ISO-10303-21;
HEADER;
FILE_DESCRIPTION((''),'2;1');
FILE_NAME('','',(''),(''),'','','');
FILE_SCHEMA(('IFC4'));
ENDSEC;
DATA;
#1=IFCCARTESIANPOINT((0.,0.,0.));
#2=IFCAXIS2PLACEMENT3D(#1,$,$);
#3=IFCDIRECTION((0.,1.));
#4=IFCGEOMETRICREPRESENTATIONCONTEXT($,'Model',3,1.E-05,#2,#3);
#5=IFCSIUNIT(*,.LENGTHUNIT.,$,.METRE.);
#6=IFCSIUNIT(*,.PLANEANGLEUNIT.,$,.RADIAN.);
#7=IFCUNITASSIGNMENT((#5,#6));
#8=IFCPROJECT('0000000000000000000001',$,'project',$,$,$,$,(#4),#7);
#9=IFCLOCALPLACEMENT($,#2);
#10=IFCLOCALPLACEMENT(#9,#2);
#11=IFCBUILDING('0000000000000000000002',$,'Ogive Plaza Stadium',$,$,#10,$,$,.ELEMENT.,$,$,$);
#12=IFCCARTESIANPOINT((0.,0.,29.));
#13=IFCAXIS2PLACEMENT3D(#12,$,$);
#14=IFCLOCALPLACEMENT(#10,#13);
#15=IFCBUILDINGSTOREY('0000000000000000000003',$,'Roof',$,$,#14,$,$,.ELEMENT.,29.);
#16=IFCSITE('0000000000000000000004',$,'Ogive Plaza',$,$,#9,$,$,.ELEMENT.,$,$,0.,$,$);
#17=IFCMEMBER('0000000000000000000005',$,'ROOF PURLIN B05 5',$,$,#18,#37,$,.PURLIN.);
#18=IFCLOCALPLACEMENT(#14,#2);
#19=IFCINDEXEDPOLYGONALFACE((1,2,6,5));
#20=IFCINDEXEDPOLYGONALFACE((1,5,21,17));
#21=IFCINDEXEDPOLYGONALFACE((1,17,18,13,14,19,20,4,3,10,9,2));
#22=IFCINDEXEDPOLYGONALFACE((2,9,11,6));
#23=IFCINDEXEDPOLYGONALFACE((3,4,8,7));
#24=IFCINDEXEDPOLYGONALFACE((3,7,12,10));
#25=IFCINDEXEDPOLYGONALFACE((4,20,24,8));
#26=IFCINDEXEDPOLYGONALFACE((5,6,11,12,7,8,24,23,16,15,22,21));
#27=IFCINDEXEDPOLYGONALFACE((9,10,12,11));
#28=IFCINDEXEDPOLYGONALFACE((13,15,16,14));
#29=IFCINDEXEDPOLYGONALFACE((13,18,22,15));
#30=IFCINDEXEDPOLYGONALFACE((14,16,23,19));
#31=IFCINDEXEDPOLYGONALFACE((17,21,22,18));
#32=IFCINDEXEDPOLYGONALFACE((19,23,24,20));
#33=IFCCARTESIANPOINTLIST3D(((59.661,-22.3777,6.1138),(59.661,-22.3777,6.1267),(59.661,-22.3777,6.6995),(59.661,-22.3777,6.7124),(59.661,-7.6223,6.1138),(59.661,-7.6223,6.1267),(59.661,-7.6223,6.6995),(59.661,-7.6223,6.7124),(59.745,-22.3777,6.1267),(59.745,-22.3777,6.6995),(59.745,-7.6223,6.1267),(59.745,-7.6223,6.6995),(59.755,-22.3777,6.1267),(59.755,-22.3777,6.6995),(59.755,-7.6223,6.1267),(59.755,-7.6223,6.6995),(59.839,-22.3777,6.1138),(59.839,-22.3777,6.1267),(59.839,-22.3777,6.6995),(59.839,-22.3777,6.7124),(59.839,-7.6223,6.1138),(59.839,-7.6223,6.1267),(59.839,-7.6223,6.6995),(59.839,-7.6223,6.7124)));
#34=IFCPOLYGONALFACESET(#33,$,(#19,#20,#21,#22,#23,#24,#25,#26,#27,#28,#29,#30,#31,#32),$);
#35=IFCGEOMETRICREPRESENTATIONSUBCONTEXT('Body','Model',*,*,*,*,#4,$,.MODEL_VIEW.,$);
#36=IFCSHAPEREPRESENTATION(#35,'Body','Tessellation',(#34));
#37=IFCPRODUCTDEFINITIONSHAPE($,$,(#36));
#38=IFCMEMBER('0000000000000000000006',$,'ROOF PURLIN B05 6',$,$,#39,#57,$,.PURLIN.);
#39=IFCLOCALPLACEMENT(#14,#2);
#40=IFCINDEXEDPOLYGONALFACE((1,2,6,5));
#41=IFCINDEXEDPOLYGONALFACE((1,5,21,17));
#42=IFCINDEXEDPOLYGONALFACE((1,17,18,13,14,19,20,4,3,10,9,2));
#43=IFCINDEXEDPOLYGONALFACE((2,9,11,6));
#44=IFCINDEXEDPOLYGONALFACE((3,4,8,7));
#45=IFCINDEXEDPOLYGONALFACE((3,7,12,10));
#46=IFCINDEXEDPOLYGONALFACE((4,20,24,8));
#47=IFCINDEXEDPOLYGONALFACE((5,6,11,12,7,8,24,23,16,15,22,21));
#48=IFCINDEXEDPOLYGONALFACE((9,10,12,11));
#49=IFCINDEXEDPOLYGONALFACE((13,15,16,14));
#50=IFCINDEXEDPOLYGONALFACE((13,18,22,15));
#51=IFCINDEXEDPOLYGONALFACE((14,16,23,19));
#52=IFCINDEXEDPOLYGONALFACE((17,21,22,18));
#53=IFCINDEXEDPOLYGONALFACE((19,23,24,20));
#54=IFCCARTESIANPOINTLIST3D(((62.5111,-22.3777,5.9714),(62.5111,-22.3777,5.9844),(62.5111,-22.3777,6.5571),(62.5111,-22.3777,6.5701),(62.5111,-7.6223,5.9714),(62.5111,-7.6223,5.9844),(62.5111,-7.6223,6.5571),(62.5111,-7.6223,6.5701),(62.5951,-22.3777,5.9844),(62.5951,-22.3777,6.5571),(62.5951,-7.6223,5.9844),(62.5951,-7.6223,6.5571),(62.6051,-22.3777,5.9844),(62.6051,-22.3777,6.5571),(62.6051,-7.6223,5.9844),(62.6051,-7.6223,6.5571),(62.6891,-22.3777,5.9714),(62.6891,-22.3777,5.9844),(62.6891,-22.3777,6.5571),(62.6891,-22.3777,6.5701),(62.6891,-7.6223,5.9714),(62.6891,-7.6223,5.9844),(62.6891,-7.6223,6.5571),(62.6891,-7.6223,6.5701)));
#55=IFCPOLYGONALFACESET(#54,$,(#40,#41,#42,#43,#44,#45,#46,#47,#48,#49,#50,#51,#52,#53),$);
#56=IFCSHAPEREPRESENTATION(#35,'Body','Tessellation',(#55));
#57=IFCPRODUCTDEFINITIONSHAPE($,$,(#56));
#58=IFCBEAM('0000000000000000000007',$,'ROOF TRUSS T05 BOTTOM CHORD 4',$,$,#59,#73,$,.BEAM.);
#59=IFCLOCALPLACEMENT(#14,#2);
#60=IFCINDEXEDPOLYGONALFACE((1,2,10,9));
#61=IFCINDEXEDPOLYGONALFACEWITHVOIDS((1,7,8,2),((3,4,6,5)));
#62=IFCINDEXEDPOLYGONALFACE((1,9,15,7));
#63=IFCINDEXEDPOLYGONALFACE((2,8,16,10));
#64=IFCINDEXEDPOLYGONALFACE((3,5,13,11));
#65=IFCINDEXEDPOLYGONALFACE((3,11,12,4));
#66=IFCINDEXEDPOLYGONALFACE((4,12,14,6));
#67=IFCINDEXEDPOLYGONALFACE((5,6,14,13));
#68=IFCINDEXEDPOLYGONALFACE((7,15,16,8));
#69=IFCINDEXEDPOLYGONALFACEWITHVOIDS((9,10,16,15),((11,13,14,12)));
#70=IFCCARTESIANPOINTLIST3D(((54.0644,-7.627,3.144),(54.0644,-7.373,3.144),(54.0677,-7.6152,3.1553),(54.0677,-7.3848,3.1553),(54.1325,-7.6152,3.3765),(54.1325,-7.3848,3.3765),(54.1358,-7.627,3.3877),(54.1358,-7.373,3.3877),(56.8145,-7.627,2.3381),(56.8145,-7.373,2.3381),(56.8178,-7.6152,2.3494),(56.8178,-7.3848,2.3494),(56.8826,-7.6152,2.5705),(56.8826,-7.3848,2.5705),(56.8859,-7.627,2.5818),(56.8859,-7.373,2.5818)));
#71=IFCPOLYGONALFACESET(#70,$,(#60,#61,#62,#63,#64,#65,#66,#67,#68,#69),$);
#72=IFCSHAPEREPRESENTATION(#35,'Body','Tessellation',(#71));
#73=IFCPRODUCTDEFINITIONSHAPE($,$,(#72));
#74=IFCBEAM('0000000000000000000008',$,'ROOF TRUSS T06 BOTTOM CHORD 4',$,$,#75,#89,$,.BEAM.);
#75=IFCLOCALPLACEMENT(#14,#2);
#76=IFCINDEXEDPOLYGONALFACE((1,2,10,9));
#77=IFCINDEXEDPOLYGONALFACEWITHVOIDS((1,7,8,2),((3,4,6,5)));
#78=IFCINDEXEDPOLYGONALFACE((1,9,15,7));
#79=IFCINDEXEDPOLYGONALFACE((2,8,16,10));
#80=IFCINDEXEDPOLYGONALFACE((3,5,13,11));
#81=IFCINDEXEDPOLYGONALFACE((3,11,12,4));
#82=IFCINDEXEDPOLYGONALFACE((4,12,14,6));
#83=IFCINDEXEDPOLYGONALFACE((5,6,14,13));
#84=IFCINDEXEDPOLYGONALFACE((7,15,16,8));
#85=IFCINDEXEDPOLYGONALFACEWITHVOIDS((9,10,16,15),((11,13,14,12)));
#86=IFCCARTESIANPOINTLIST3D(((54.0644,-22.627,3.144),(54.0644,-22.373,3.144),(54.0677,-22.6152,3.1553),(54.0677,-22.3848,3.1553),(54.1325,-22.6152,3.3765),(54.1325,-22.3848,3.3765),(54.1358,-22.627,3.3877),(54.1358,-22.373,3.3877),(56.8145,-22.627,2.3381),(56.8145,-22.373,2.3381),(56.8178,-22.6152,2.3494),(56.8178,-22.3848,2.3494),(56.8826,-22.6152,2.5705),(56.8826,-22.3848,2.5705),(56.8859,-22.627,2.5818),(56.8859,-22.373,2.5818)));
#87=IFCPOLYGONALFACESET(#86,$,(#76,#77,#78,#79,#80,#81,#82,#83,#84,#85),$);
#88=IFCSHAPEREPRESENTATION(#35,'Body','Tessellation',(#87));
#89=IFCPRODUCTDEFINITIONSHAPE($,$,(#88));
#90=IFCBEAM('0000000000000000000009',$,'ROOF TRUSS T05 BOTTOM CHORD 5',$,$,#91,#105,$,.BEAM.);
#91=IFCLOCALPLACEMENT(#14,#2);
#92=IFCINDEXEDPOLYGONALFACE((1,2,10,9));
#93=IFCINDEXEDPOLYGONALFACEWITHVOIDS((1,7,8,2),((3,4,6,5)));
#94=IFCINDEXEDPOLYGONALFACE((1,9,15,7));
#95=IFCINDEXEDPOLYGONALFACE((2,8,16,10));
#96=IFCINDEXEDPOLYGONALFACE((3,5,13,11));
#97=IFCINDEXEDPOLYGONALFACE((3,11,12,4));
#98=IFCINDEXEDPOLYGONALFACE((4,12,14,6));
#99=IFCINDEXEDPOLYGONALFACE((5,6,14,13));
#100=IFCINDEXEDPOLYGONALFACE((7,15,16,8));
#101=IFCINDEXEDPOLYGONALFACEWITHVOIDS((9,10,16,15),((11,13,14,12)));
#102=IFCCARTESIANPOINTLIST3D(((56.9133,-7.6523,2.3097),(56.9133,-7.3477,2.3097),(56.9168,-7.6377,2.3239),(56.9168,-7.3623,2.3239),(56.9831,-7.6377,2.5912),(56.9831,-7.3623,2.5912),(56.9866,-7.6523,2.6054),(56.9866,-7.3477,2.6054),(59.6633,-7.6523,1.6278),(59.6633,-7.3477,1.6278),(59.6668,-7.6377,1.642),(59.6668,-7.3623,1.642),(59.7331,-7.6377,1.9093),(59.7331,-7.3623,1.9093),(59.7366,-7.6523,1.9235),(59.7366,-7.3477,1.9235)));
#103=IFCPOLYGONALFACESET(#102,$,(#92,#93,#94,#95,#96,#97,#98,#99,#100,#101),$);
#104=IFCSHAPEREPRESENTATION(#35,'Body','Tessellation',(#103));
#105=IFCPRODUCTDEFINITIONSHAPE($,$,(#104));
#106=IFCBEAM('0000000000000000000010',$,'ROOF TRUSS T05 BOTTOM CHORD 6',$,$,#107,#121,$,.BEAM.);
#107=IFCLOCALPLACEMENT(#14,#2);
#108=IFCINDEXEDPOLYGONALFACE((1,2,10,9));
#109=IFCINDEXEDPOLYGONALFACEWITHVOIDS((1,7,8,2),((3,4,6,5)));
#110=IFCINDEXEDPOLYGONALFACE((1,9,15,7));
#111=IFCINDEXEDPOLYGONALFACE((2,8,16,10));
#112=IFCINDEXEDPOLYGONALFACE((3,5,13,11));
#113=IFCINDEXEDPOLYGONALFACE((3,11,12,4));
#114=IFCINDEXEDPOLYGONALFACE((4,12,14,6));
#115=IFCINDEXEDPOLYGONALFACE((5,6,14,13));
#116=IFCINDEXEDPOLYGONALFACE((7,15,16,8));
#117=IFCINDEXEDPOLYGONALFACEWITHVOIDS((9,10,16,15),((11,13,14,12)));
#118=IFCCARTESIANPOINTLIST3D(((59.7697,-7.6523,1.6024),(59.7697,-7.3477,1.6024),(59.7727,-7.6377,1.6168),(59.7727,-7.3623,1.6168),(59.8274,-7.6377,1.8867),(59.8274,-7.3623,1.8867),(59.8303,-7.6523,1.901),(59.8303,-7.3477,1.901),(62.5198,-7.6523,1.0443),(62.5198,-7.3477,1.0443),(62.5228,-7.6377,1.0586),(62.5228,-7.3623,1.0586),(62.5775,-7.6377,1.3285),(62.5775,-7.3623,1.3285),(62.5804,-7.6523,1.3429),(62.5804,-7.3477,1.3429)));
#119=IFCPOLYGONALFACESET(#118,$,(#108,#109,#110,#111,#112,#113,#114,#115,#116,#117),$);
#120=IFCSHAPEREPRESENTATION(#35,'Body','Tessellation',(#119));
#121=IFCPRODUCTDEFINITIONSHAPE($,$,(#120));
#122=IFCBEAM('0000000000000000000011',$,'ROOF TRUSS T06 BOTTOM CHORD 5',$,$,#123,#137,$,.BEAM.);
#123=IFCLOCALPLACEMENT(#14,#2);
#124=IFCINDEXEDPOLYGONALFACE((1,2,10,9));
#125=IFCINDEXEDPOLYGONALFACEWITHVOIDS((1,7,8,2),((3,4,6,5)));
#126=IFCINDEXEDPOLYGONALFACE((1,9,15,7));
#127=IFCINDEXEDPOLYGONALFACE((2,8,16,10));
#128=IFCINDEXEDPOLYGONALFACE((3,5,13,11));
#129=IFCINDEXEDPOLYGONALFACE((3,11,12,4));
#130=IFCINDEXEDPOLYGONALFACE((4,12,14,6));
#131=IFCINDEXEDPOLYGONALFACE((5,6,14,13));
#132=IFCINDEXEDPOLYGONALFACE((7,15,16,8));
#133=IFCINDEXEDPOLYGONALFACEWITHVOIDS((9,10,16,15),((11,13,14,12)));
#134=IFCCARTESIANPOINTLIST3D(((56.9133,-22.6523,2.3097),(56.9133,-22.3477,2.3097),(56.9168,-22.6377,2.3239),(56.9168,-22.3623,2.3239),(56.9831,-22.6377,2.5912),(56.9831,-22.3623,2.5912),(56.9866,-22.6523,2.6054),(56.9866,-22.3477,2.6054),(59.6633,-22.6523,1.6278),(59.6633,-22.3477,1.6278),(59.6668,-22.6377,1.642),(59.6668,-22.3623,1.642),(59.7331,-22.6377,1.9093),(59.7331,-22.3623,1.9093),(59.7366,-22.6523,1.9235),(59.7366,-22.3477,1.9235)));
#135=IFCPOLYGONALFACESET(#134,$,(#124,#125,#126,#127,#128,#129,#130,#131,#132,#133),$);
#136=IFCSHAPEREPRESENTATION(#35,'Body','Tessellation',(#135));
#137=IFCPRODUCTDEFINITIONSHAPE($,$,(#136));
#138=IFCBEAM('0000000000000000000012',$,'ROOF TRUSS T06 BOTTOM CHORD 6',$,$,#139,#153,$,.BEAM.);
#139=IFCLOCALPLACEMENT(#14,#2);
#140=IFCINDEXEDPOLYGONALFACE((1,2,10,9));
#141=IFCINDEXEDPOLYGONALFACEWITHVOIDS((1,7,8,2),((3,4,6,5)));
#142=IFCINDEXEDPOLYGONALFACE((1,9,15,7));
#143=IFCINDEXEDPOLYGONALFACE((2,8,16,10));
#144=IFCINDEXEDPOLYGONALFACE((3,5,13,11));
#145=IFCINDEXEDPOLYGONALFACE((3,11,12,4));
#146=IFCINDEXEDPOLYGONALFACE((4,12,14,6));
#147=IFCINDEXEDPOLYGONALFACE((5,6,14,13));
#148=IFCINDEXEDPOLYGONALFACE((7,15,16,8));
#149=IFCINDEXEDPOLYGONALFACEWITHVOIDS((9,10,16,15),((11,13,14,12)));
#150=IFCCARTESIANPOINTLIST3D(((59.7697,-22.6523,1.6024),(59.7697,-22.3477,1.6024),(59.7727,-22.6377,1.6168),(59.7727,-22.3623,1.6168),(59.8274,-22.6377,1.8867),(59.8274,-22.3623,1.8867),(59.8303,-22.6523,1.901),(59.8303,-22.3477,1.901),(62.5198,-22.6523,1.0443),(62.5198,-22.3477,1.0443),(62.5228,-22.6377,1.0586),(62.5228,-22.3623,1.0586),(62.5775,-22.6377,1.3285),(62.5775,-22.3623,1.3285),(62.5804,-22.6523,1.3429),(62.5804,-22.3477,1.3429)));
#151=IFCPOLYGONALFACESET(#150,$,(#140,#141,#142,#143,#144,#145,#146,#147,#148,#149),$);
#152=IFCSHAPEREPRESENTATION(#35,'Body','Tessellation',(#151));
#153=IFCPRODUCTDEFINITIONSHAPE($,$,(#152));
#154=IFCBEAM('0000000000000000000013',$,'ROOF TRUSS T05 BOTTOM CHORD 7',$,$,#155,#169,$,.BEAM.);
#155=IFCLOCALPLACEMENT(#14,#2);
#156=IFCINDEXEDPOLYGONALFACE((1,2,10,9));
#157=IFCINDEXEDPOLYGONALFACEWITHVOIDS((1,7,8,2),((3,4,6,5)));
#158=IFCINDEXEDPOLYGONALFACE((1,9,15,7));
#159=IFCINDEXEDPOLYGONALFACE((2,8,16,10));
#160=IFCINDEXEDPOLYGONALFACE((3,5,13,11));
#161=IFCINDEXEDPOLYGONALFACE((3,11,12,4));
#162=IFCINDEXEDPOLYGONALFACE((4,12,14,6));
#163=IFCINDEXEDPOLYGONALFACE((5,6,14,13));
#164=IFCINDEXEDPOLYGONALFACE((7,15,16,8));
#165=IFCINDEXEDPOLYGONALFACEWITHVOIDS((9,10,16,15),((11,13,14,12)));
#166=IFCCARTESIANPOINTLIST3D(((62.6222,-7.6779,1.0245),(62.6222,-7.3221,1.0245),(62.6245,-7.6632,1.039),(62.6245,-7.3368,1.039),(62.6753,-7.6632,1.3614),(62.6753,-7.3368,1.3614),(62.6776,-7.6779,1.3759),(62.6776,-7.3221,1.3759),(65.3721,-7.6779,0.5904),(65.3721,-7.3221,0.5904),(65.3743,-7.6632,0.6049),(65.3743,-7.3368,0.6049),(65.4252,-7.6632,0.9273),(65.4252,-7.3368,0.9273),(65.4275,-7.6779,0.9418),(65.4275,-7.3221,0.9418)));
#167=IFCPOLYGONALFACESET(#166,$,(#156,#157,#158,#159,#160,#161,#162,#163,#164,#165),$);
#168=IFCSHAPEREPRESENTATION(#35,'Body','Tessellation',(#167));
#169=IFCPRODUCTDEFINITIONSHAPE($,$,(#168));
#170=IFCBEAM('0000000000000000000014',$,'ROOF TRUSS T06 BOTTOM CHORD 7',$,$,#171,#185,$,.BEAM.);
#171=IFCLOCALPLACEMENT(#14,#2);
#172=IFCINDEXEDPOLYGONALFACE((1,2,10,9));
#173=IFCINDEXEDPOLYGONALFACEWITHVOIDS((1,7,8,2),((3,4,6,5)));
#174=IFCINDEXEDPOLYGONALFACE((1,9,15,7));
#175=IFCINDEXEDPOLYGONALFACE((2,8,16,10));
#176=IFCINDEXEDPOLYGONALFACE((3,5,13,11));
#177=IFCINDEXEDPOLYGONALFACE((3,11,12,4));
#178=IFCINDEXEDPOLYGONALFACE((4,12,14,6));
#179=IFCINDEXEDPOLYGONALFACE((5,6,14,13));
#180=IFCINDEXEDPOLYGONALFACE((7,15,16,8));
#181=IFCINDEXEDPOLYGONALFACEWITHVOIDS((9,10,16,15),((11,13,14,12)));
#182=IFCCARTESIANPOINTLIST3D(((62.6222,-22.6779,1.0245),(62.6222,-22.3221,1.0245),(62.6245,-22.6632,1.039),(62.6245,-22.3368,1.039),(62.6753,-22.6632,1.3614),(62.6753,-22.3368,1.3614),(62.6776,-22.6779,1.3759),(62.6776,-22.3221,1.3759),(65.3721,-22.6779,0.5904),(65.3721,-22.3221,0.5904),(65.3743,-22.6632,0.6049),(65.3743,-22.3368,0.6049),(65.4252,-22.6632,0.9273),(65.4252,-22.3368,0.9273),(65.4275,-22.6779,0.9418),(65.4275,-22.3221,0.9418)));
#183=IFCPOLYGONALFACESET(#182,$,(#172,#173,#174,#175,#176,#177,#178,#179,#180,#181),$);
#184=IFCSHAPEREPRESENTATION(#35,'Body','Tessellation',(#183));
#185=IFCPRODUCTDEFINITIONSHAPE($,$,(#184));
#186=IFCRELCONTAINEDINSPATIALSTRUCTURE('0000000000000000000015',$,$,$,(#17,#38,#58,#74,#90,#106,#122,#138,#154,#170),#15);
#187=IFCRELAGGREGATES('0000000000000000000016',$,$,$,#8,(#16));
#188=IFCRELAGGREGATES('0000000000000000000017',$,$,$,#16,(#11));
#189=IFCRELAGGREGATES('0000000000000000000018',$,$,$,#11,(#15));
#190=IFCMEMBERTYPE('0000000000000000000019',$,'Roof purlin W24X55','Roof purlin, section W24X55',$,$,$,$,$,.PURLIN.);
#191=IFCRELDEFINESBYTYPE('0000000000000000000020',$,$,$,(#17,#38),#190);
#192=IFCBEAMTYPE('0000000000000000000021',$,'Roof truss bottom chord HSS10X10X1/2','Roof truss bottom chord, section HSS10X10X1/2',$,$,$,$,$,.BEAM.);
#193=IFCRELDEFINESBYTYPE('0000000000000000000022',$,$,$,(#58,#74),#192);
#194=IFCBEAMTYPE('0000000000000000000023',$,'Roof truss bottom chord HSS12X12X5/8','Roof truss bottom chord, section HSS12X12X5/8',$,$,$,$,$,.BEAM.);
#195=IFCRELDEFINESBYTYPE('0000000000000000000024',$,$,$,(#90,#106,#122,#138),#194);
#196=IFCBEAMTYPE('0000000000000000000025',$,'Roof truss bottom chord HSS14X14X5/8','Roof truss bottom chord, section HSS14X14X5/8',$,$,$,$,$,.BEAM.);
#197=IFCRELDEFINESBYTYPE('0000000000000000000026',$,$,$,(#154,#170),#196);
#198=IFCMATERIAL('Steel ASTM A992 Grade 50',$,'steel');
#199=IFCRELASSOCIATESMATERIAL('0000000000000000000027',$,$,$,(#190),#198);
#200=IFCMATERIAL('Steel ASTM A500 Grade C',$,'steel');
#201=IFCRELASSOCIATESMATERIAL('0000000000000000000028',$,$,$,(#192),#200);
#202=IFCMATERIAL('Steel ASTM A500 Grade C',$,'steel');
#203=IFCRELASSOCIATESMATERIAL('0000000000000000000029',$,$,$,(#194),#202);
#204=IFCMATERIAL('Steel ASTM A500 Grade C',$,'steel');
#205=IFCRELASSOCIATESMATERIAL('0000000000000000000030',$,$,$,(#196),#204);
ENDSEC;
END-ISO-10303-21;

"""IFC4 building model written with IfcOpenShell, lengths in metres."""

from ifc_helpers import new_model, si_unit, direction, frame, origin, origin_2d, place, context, subcontext, project, spatial, hollow_rectangle, i_section, extrude, material, material_profile, profile_set, type_object, element, save


model = new_model("IFC4")

# Units and contexts
model_context = context("Model", 3, precision=1e-05, world=origin(), true_north=direction((0.0, 1.0)))
body_context = subcontext(model_context, "Body", "Model", "MODEL_VIEW")
ifc_project = project(units=[si_unit("LENGTHUNIT", "METRE"), si_unit("PLANEANGLEUNIT", "RADIAN")], contexts=[model_context])

# Site, building, storey
site_placement = place(None, origin())
site = spatial("IfcSite", under=ifc_project, at=site_placement, Name="Ogive Plaza", CompositionType="ELEMENT", RefElevation=0.0)
building_placement = place(site_placement, origin())
building = spatial("IfcBuilding", under=site, at=building_placement, Name="Ogive Plaza Stadium", CompositionType="ELEMENT")
storey_placement = place(building_placement, frame((0.0, 0.0, 29.0)))
storey = spatial("IfcBuildingStorey", under=building, at=storey_placement, Name="Roof", CompositionType="ELEMENT", Elevation=29.0)

# Members
ifc_material_1 = material(Name="Steel ASTM A992 Grade 50", Category="steel")
ifc_material_profile_1 = material_profile(ifc_material_1, i_section(OverallWidth=0.178, OverallDepth=0.5986, WebThickness=0.01, FlangeThickness=0.0129, at=origin_2d()), Name="W24X55")
ifc_profile_set_1 = profile_set([ifc_material_profile_1], Name="Steel ASTM A992 Grade 50")
member_type_1 = type_object("IfcMemberType", Name="Roof purlin W24X55", Description="Roof purlin, section W24X55", PredefinedType="PURLIN", material=ifc_profile_set_1)
for number, where, z_axis, x_axis, name in (
    (1, (59.75, -7.6223, 6.4131), (0.0, -1.0, 0.0), (1.0, 0.0, 0.0), "ROOF PURLIN B05 5"),
    (2, (62.6001, -7.6223, 6.2708), (0.0, -1.0, 0.0), (1.0, 0.0, 0.0), "ROOF PURLIN B05 6"),
):
    element("IfcMember", number, at=place(storey_placement, frame(where, z_axis=z_axis, x_axis=x_axis)), inside=storey, type_object=member_type_1, Name=name, PredefinedType="PURLIN", context=body_context, shape_type="SweptSolid", body=[
        extrude(i_section(OverallWidth=0.178, OverallDepth=0.5986, WebThickness=0.01, FlangeThickness=0.0129, at=origin_2d()), origin(), (0.0, 0.0, 1.0), 14.7554),
    ])

# Beams
ifc_material_2 = material(Name="Steel ASTM A500 Grade C", Category="steel")
ifc_material_profile_2 = material_profile(ifc_material_2, hollow_rectangle(XDim=0.2539, YDim=0.2539, WallThickness=0.0117, at=origin_2d()), Name="HSS10X10X1/2")
ifc_profile_set_2 = profile_set([ifc_material_profile_2], Name="Steel ASTM A500 Grade C")
beam_type_1 = type_object("IfcBeamType", Name="Roof truss bottom chord HSS10X10X1/2", Description="Roof truss bottom chord, section HSS10X10X1/2", PredefinedType="BEAM", material=ifc_profile_set_2)
for number, where, z_axis, x_axis, name in (
    (3, (54.1001, -7.5, 3.2659), (0.95964, 0.0, -0.28123), (0.0, 1.0, 0.0), "ROOF TRUSS T05 BOTTOM CHORD 4"),
    (4, (54.1001, -22.5, 3.2659), (0.95964, 0.0, -0.28123), (0.0, 1.0, 0.0), "ROOF TRUSS T06 BOTTOM CHORD 4"),
):
    element("IfcBeam", number, at=place(storey_placement, frame(where, z_axis=z_axis, x_axis=x_axis)), inside=storey, type_object=beam_type_1, Name=name, PredefinedType="BEAM", context=body_context, shape_type="SweptSolid", body=[
        extrude(hollow_rectangle(XDim=0.2539, YDim=0.2539, WallThickness=0.0117, at=origin_2d()), origin(), (0.0, 0.0, 1.0), 2.8657),
    ])
ifc_material_3 = material(Name="Steel ASTM A500 Grade C", Category="steel")
ifc_material_profile_3 = material_profile(ifc_material_3, hollow_rectangle(XDim=0.3047, YDim=0.3047, WallThickness=0.0146, at=origin_2d()), Name="HSS12X12X5/8")
ifc_profile_set_3 = profile_set([ifc_material_profile_3], Name="Steel ASTM A500 Grade C")
beam_type_2 = type_object("IfcBeamType", Name="Roof truss bottom chord HSS12X12X5/8", Description="Roof truss bottom chord, section HSS12X12X5/8", PredefinedType="BEAM", material=ifc_profile_set_3)
beam_1_placement = place(storey_placement, frame((56.95, -7.5, 2.4575), z_axis=(0.970607, 0.0, -0.24067), x_axis=(0.0, 1.0, 0.0)))
element("IfcBeam", 5, at=beam_1_placement, inside=storey, type_object=beam_type_2, Name="ROOF TRUSS T05 BOTTOM CHORD 5", PredefinedType="BEAM", context=body_context, shape_type="SweptSolid", body=[
    extrude(hollow_rectangle(XDim=0.3047, YDim=0.3047, WallThickness=0.0146, at=origin_2d()), origin(), (0.0, 0.0, 1.0), 2.8333),
])
beam_2_placement = place(storey_placement, frame((59.8, -7.5, 1.7517), z_axis=(0.980021, 0.0, -0.198893), x_axis=(0.0, 1.0, 0.0)))
element("IfcBeam", 6, at=beam_2_placement, inside=storey, type_object=beam_type_2, Name="ROOF TRUSS T05 BOTTOM CHORD 6", PredefinedType="BEAM", context=body_context, shape_type="SweptSolid", body=[
    extrude(hollow_rectangle(XDim=0.3047, YDim=0.3047, WallThickness=0.0146, at=origin_2d()), origin(), (0.0, 0.0, 1.0), 2.8062),
])
beam_3_placement = place(storey_placement, frame((56.95, -22.5, 2.4575), z_axis=(0.970607, 0.0, -0.24067), x_axis=(0.0, 1.0, 0.0)))
element("IfcBeam", 7, at=beam_3_placement, inside=storey, type_object=beam_type_2, Name="ROOF TRUSS T06 BOTTOM CHORD 5", PredefinedType="BEAM", context=body_context, shape_type="SweptSolid", body=[
    extrude(hollow_rectangle(XDim=0.3047, YDim=0.3047, WallThickness=0.0146, at=origin_2d()), origin(), (0.0, 0.0, 1.0), 2.8333),
])
beam_4_placement = place(storey_placement, frame((59.8, -22.5, 1.7517), z_axis=(0.980021, 0.0, -0.198893), x_axis=(0.0, 1.0, 0.0)))
element("IfcBeam", 8, at=beam_4_placement, inside=storey, type_object=beam_type_2, Name="ROOF TRUSS T06 BOTTOM CHORD 6", PredefinedType="BEAM", context=body_context, shape_type="SweptSolid", body=[
    extrude(hollow_rectangle(XDim=0.3047, YDim=0.3047, WallThickness=0.0146, at=origin_2d()), origin(), (0.0, 0.0, 1.0), 2.8062),
])
ifc_material_4 = material(Name="Steel ASTM A500 Grade C", Category="steel")
ifc_material_profile_4 = material_profile(ifc_material_4, hollow_rectangle(XDim=0.3557, YDim=0.3557, WallThickness=0.0146, at=origin_2d()), Name="HSS14X14X5/8")
ifc_profile_set_4 = profile_set([ifc_material_profile_4], Name="Steel ASTM A500 Grade C")
beam_type_3 = type_object("IfcBeamType", Name="Roof truss bottom chord HSS14X14X5/8", Description="Roof truss bottom chord, section HSS14X14X5/8", PredefinedType="BEAM", material=ifc_profile_set_4)
for number, where, z_axis, x_axis, name in (
    (9, (62.6499, -7.5, 1.2002), (0.98777, 0.0, -0.155918), (0.0, 1.0, 0.0), "ROOF TRUSS T05 BOTTOM CHORD 7"),
    (10, (62.6499, -22.5, 1.2002), (0.98777, 0.0, -0.155918), (0.0, 1.0, 0.0), "ROOF TRUSS T06 BOTTOM CHORD 7"),
):
    element("IfcBeam", number, at=place(storey_placement, frame(where, z_axis=z_axis, x_axis=x_axis)), inside=storey, type_object=beam_type_3, Name=name, PredefinedType="BEAM", context=body_context, shape_type="SweptSolid", body=[
        extrude(hollow_rectangle(XDim=0.3557, YDim=0.3557, WallThickness=0.0146, at=origin_2d()), origin(), (0.0, 0.0, 1.0), 2.7839),
    ])

save(model, "model.ifc")
